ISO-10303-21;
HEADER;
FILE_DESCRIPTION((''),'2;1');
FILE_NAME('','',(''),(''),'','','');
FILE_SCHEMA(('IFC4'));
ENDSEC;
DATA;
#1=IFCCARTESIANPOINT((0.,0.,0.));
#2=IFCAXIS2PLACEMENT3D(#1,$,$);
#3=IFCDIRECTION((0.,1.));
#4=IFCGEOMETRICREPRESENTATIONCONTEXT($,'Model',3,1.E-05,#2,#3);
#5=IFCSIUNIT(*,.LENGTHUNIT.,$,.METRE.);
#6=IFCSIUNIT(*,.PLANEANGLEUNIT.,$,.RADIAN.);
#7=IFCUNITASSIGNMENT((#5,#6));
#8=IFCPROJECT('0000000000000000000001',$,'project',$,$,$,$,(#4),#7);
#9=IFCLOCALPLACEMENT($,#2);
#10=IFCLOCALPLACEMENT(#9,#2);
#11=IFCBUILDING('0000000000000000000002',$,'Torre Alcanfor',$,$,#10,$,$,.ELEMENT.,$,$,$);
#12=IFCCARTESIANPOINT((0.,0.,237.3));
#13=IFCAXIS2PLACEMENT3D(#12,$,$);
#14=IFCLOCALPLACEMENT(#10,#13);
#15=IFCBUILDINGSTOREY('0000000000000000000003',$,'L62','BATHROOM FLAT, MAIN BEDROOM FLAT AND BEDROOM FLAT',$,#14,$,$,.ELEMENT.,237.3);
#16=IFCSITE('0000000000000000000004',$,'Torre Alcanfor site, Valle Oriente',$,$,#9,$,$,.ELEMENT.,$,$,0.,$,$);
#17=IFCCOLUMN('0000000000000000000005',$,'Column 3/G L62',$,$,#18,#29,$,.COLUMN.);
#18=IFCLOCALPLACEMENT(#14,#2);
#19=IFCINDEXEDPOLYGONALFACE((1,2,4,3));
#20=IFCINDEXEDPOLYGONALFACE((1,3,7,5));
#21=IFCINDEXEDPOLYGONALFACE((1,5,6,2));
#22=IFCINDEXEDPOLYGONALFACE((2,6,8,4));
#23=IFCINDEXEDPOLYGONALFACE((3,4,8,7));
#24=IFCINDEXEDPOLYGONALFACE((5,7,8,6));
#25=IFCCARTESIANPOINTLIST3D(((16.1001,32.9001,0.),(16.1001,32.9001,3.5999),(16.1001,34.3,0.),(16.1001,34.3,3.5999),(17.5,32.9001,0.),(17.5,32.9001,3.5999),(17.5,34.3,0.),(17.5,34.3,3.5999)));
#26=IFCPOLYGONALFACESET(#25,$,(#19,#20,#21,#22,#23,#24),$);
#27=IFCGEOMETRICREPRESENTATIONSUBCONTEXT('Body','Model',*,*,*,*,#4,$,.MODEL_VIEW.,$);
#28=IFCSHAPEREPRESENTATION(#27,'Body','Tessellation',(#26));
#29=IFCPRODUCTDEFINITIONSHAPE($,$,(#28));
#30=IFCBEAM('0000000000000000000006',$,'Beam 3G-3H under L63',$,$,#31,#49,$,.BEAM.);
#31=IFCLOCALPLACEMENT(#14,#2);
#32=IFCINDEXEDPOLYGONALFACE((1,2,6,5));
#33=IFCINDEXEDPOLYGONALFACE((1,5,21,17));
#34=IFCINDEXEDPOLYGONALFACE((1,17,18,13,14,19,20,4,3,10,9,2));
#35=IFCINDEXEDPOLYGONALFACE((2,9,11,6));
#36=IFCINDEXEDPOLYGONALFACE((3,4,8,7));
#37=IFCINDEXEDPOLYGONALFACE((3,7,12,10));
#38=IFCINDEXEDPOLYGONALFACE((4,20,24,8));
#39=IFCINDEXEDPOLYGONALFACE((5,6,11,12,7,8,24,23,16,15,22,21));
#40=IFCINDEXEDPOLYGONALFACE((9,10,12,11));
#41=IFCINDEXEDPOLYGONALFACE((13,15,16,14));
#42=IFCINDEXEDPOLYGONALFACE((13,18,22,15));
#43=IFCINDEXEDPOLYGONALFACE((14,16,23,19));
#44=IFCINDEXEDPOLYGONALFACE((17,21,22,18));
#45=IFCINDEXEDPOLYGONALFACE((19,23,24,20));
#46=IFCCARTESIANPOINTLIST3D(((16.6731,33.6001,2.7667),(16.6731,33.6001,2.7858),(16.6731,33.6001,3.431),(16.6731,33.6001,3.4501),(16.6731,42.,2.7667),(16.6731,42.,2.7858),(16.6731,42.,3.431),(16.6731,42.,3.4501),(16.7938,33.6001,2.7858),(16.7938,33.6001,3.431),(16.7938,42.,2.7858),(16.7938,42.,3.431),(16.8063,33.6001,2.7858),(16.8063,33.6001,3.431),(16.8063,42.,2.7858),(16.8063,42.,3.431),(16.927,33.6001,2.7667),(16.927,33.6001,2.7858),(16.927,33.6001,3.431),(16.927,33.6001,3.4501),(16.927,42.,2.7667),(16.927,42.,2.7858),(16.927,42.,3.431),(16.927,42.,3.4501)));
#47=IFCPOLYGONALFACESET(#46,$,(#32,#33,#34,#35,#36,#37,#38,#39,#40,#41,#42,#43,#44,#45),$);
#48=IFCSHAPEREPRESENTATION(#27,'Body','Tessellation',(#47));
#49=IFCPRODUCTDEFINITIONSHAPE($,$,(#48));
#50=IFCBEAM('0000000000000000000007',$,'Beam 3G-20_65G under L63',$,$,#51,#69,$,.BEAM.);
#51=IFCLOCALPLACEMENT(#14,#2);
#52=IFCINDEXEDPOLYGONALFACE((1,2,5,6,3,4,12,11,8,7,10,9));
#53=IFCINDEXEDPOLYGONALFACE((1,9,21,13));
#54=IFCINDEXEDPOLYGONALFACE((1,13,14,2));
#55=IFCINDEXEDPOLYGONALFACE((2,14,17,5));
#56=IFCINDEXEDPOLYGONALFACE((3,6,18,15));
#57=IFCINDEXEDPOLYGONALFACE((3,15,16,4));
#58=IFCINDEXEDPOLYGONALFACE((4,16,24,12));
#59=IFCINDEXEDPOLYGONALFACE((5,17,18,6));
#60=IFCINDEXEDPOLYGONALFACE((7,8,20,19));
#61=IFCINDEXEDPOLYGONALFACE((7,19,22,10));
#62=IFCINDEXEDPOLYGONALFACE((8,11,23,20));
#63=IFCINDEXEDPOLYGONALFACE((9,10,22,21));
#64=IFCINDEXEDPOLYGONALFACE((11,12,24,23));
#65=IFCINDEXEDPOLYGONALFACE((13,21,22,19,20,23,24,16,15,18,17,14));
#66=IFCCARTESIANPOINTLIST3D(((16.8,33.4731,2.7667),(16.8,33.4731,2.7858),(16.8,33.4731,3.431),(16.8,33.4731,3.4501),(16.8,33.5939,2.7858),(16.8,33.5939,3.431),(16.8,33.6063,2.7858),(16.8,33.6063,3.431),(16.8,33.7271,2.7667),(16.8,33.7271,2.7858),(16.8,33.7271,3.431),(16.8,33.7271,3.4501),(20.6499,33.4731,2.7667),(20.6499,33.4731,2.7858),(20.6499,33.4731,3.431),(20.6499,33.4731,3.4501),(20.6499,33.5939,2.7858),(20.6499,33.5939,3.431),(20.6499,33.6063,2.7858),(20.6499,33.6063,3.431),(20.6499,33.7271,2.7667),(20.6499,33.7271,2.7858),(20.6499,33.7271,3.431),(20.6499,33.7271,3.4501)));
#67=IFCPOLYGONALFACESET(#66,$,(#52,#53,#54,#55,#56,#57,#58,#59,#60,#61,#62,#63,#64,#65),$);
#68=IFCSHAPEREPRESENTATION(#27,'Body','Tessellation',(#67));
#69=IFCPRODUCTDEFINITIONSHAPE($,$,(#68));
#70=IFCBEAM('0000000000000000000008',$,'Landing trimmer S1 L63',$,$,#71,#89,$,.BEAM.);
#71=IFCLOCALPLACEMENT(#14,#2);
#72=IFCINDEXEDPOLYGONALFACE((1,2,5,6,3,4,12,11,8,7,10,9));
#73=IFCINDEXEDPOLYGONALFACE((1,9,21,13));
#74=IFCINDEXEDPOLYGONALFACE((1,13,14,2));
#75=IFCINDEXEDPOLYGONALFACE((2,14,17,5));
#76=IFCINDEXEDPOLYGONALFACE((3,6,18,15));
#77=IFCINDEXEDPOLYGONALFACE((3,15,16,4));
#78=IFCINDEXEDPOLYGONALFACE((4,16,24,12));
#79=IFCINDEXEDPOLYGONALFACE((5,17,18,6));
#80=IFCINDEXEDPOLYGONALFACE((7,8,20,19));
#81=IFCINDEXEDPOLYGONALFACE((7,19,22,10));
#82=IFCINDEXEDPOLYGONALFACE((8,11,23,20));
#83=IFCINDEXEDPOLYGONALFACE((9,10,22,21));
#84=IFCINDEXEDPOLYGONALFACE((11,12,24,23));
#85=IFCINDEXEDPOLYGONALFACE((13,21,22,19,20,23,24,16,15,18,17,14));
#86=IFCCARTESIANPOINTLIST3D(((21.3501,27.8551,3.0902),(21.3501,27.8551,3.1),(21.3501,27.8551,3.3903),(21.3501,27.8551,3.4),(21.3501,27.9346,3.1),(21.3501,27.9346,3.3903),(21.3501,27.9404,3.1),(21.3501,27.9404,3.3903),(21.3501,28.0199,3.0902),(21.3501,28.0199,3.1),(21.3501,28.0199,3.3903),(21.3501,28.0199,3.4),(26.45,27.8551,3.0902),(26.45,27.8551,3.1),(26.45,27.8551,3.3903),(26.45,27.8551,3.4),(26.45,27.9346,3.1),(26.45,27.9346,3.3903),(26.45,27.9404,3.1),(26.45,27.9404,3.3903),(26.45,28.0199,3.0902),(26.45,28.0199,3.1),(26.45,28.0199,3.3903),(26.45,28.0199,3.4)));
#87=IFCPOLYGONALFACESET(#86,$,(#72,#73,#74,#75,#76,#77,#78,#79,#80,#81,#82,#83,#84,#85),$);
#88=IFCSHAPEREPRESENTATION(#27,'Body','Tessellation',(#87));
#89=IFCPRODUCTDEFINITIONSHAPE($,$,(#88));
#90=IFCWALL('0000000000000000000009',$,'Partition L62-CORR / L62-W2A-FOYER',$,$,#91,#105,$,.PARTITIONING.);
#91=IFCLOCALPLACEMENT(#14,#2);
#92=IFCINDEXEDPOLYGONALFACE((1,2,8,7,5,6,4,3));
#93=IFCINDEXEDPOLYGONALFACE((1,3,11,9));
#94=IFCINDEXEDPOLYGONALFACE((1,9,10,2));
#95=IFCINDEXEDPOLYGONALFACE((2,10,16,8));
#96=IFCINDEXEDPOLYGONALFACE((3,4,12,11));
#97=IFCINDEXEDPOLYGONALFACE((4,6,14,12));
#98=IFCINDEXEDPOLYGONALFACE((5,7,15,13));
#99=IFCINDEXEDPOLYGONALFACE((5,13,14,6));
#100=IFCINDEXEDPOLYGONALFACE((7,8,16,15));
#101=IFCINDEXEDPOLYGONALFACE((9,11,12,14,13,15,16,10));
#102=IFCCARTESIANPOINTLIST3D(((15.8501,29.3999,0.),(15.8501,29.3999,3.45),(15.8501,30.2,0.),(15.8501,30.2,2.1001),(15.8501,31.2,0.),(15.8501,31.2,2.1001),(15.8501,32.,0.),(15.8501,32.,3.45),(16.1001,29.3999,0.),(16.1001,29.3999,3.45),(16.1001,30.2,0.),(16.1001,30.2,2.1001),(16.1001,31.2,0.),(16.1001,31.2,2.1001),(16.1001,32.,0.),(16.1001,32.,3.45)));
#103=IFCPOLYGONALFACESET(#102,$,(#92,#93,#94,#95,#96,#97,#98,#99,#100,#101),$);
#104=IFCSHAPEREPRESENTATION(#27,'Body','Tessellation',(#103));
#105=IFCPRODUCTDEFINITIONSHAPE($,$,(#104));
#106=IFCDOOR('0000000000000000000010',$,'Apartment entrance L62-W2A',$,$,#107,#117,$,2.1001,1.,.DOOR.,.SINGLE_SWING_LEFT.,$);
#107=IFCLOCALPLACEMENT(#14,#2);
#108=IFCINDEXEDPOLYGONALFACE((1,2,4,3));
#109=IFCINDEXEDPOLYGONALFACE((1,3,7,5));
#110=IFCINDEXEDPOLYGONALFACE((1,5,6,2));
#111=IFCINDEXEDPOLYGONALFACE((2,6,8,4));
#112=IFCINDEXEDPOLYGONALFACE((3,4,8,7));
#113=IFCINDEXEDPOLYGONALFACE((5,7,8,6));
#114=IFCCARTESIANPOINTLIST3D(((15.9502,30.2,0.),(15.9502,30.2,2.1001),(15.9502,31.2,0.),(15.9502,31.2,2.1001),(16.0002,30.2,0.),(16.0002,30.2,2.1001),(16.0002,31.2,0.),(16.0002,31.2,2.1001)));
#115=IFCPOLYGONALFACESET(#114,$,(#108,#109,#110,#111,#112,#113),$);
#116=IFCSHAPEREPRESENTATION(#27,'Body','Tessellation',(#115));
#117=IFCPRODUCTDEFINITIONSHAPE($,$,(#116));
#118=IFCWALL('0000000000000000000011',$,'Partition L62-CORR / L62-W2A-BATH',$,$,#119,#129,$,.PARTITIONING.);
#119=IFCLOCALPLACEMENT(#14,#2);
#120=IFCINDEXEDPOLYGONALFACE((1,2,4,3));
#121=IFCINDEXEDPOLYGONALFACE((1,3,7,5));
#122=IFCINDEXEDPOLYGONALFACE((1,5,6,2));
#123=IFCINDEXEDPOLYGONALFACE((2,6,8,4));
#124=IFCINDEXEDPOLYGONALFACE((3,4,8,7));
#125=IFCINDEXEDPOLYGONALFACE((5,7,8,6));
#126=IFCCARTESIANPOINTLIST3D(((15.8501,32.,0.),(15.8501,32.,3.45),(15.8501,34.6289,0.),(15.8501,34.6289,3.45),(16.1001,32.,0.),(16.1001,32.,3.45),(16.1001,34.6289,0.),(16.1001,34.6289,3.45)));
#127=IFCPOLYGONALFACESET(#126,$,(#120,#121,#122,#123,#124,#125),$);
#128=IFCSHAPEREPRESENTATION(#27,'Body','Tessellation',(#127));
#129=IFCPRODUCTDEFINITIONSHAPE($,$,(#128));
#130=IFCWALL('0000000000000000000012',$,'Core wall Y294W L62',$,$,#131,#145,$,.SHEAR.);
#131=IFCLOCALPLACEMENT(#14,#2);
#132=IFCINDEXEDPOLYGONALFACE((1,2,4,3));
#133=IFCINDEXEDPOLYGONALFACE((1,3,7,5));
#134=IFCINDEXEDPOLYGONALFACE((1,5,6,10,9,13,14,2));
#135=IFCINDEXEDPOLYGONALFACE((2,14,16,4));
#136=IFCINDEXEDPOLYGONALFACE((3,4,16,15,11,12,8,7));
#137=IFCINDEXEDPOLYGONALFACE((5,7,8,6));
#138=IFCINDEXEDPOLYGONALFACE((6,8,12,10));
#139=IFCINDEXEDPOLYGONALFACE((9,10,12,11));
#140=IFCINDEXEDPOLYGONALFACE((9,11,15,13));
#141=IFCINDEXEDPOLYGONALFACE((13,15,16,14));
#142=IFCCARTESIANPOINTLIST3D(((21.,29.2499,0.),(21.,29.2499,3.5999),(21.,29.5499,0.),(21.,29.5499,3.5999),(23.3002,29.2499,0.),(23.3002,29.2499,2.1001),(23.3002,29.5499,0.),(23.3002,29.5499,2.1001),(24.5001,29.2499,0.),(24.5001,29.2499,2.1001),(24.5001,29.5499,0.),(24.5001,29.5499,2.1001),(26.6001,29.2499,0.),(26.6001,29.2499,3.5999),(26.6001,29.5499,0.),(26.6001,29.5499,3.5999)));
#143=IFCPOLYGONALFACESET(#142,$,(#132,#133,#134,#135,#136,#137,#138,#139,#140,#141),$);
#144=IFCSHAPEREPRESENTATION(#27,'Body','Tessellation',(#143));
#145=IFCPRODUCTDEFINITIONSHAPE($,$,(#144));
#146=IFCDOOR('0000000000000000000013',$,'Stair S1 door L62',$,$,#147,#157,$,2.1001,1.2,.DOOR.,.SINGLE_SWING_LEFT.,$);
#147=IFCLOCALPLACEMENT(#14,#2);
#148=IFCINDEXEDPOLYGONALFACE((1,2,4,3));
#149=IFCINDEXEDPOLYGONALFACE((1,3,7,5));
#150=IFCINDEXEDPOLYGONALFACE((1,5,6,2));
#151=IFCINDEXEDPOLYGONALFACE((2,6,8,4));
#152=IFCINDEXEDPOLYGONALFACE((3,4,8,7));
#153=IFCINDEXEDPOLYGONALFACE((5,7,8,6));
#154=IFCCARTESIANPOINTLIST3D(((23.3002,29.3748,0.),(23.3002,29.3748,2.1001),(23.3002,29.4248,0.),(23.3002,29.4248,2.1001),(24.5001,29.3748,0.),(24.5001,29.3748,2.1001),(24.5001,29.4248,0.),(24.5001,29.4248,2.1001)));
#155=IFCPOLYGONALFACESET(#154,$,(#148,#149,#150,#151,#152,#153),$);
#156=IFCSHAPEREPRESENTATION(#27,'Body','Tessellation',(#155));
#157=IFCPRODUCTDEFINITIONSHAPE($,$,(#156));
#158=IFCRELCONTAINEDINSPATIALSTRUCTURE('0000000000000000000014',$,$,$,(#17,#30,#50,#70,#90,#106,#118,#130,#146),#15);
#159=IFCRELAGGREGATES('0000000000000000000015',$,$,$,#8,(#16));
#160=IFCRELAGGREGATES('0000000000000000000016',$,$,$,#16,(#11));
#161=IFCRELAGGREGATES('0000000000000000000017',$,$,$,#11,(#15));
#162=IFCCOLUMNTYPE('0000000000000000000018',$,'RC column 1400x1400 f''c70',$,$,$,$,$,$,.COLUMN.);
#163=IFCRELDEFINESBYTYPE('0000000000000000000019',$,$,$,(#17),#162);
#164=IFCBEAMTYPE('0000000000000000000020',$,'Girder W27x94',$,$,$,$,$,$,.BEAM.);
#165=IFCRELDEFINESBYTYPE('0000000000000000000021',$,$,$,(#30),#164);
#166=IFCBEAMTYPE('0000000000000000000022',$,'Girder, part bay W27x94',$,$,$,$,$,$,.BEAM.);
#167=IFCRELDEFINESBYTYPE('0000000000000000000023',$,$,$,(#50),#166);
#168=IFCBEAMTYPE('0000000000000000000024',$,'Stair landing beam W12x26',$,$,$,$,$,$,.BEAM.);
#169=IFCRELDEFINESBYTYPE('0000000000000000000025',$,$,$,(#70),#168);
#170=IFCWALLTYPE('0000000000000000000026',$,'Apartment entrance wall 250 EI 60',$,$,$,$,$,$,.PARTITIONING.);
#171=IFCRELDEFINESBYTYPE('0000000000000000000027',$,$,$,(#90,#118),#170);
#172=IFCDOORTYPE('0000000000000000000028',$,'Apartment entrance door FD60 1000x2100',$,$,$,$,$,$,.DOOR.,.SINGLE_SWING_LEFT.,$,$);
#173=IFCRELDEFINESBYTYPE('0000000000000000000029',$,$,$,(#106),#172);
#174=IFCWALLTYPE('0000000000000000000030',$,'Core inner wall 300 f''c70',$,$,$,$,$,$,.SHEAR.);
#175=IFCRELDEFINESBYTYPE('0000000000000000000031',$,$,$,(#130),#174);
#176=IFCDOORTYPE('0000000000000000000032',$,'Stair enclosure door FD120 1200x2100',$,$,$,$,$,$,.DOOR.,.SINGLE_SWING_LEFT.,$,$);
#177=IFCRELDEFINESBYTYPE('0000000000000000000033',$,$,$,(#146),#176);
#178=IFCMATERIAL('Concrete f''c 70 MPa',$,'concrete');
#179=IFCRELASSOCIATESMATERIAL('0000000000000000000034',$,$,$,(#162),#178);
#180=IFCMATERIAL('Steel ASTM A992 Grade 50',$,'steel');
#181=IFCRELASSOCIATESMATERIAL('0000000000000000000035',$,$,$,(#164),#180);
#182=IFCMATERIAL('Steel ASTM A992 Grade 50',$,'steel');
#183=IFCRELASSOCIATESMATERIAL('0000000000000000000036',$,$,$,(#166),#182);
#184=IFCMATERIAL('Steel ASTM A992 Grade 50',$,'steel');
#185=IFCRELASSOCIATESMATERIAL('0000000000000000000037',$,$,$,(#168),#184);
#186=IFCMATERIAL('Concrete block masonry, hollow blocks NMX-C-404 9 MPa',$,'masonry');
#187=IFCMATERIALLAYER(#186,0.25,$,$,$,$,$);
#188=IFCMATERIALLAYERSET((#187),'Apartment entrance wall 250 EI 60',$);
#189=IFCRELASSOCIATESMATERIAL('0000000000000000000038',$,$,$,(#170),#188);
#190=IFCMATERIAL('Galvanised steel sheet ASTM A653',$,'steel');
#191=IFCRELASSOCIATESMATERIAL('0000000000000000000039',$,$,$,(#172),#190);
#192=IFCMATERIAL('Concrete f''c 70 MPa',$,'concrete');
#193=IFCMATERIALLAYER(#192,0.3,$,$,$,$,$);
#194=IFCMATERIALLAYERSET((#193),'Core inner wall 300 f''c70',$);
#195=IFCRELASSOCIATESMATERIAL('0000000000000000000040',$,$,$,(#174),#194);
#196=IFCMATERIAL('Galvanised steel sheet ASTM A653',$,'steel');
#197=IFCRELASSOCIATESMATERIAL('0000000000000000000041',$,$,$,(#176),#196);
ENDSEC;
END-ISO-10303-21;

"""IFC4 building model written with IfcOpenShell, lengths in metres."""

from ifc_helpers import new_model, si_unit, direction, frame, frame_2d, origin, origin_2d, place, context, subcontext, project, spatial, rectangle, i_section, extrude, material, layer, layer_set, material_profile, profile_set, type_object, element, fill, save


model = new_model("IFC4")

# Units and contexts
model_context = context("Model", 3, precision=1e-05, world=origin(), true_north=direction((0.0, 1.0)))
body_context = subcontext(model_context, "Body", "Model", "MODEL_VIEW")
ifc_project = project(units=[si_unit("LENGTHUNIT", "METRE"), si_unit("PLANEANGLEUNIT", "RADIAN")], contexts=[model_context])

# Site, building, storey
site_placement = place(None, origin())
site = spatial("IfcSite", under=ifc_project, at=site_placement, Name="Torre Alcanfor site, Valle Oriente", CompositionType="ELEMENT", RefElevation=0.0)
building_placement = place(site_placement, origin())
building = spatial("IfcBuilding", under=site, at=building_placement, Name="Torre Alcanfor", CompositionType="ELEMENT")
storey_placement = place(building_placement, frame((0.0, 0.0, 237.3)))
storey = spatial("IfcBuildingStorey", under=building, at=storey_placement, Name="L62", Description="BATHROOM FLAT, MAIN BEDROOM FLAT AND BEDROOM FLAT", CompositionType="ELEMENT", Elevation=237.3)

# Column
ifc_material_1 = material(Name="Concrete f'c 70 MPa", Category="concrete")
ifc_material_profile_1 = material_profile(ifc_material_1, rectangle(XDim=1.3999, YDim=1.3999, at=origin_2d()), Name="1400x1400")
ifc_profile_set_1 = profile_set([ifc_material_profile_1], Name="Concrete f'c 70 MPa")
column_type = type_object("IfcColumnType", Name="RC column 1400x1400 f'c70", PredefinedType="COLUMN", material=ifc_profile_set_1)
column_placement = place(storey_placement, frame((16.8, 33.6001, 0.0), z_axis=(0.0, 0.0, 1.0), x_axis=(1.0, 0.0, 0.0)))
element("IfcColumn", 1, at=column_placement, inside=storey, type_object=column_type, Name="Column 3/G L62", PredefinedType="COLUMN", context=body_context, shape_type="SweptSolid", body=[
    extrude(rectangle(XDim=1.3999, YDim=1.3999, at=origin_2d()), origin(), (0.0, 0.0, 1.0), 3.5999),
])

# Beams
ifc_material_2 = material(Name="Steel ASTM A992 Grade 50", Category="steel")
ifc_material_profile_2 = material_profile(ifc_material_2, i_section(OverallWidth=0.2539, OverallDepth=0.6833, WebThickness=0.0125, FlangeThickness=0.019, at=origin_2d()), Name="W27x94")
ifc_profile_set_2 = profile_set([ifc_material_profile_2], Name="Steel ASTM A992 Grade 50")
beam_type_1 = type_object("IfcBeamType", Name="Girder W27x94", PredefinedType="BEAM", material=ifc_profile_set_2)
beam_1_placement = place(storey_placement, frame((16.8, 33.6001, 3.1084), z_axis=(0.0, 1.0, 0.0), x_axis=(-1.0, 0.0, 0.0)))
element("IfcBeam", 2, at=beam_1_placement, inside=storey, type_object=beam_type_1, Name="Beam 3G-3H under L63", PredefinedType="BEAM", context=body_context, shape_type="SweptSolid", body=[
    extrude(i_section(OverallWidth=0.2539, OverallDepth=0.6833, WebThickness=0.0125, FlangeThickness=0.019, at=origin_2d()), origin(), (0.0, 0.0, 1.0), 8.3999),
])
ifc_material_3 = material(Name="Steel ASTM A992 Grade 50", Category="steel")
ifc_material_profile_3 = material_profile(ifc_material_3, i_section(OverallWidth=0.2539, OverallDepth=0.6833, WebThickness=0.0125, FlangeThickness=0.019, at=origin_2d()), Name="W27x94")
ifc_profile_set_3 = profile_set([ifc_material_profile_3], Name="Steel ASTM A992 Grade 50")
beam_type_2 = type_object("IfcBeamType", Name="Girder, part bay W27x94", PredefinedType="BEAM", material=ifc_profile_set_3)
beam_2_placement = place(storey_placement, frame((16.8, 33.6001, 3.1084), z_axis=(1.0, 0.0, 0.0), x_axis=(0.0, 1.0, 0.0)))
element("IfcBeam", 3, at=beam_2_placement, inside=storey, type_object=beam_type_2, Name="Beam 3G-20_65G under L63", PredefinedType="BEAM", context=body_context, shape_type="SweptSolid", body=[
    extrude(i_section(OverallWidth=0.2539, OverallDepth=0.6833, WebThickness=0.0125, FlangeThickness=0.019, at=origin_2d()), origin(), (0.0, 0.0, 1.0), 3.8499),
])
ifc_material_4 = material(Name="Steel ASTM A992 Grade 50", Category="steel")
ifc_material_profile_4 = material_profile(ifc_material_4, i_section(OverallWidth=0.1648, OverallDepth=0.3098, WebThickness=0.0059, FlangeThickness=0.0098, at=origin_2d()), Name="W12x26")
ifc_profile_set_4 = profile_set([ifc_material_profile_4], Name="Steel ASTM A992 Grade 50")
beam_type_3 = type_object("IfcBeamType", Name="Stair landing beam W12x26", PredefinedType="BEAM", material=ifc_profile_set_4)
beam_3_placement = place(storey_placement, frame((21.3501, 27.9375, 3.2451), z_axis=(1.0, 0.0, 0.0), x_axis=(0.0, 1.0, 0.0)))
element("IfcBeam", 4, at=beam_3_placement, inside=storey, type_object=beam_type_3, Name="Landing trimmer S1 L63", PredefinedType="BEAM", context=body_context, shape_type="SweptSolid", body=[
    extrude(i_section(OverallWidth=0.1648, OverallDepth=0.3098, WebThickness=0.0059, FlangeThickness=0.0098, at=origin_2d()), origin(), (0.0, 0.0, 1.0), 5.0999),
])

# Wall, opening, door
ifc_material_5 = material(Name="Concrete block masonry, hollow blocks NMX-C-404 9 MPa", Category="masonry")
ifc_layer_1 = layer(ifc_material_5, 0.25)
ifc_layer_set_1 = layer_set([ifc_layer_1], Name="Apartment entrance wall 250 EI 60")
wall_type_1 = type_object("IfcWallType", Name="Apartment entrance wall 250 EI 60", PredefinedType="PARTITIONING", material=ifc_layer_set_1)
wall_1_placement = place(storey_placement, frame((15.9751, 29.3999, 0.0), z_axis=(0.0, 0.0, 1.0), x_axis=(0.0, 1.0, 0.0)))
wall_1 = element("IfcWall", 5, at=wall_1_placement, inside=storey, type_object=wall_type_1, Name="Partition L62-CORR / L62-W2A-FOYER", PredefinedType="PARTITIONING", context=body_context, shape_type="SweptSolid", body=[
    extrude(rectangle(XDim=2.6001, YDim=0.25, at=frame_2d((1.3, 0.0))), origin(), (0.0, 0.0, 1.0), 3.45),
])
opening_1_placement = place(wall_1_placement, frame((0.8, 0.0, 0.0)))
opening_1 = element("IfcOpeningElement", 6, at=opening_1_placement, cuts=wall_1, PredefinedType="OPENING", context=body_context, shape_type="SweptSolid", body=[
    extrude(rectangle(XDim=1.0, YDim=2.1001, at=frame_2d((0.5, 1.05))), frame((0.0, 0.135, 0.0), z_axis=(0.0, -1.0, 0.0), x_axis=(1.0, 0.0, 0.0)), (0.0, 0.0, 1.0), 0.27),
])
ifc_material_6 = material(Name="Galvanised steel sheet ASTM A653", Category="steel")
door_type_1 = type_object("IfcDoorType", Name="Apartment entrance door FD60 1000x2100", OperationType="SINGLE_SWING_LEFT", PredefinedType="DOOR", material=ifc_material_6)
door_1_placement = place(opening_1_placement, origin())
door_1 = element("IfcDoor", 7, at=door_1_placement, inside=storey, type_object=door_type_1, Name="Apartment entrance L62-W2A", OperationType="SINGLE_SWING_LEFT", OverallHeight=2.1001, OverallWidth=1.0, PredefinedType="DOOR", context=body_context, shape_type="SweptSolid", body=[
    extrude(rectangle(XDim=1.0, YDim=2.1001, at=frame_2d((0.5, 1.05))), frame((0.0, 0.0249, 0.0), z_axis=(0.0, -1.0, 0.0), x_axis=(1.0, 0.0, 0.0)), (0.0, 0.0, 1.0), 0.05),
])
fill(opening_1, door_1)

# Wall
wall_2_placement = place(storey_placement, frame((15.9751, 32.0, 0.0), z_axis=(0.0, 0.0, 1.0), x_axis=(0.0, 1.0, 0.0)))
element("IfcWall", 8, at=wall_2_placement, inside=storey, type_object=wall_type_1, Name="Partition L62-CORR / L62-W2A-BATH", PredefinedType="PARTITIONING", context=body_context, shape_type="SweptSolid", body=[
    extrude(rectangle(XDim=2.6289, YDim=0.25, at=frame_2d((1.3145, 0.0))), origin(), (0.0, 0.0, 1.0), 3.45),
])

# Wall, opening, door
ifc_material_7 = material(Name="Concrete f'c 70 MPa", Category="concrete")
ifc_layer_2 = layer(ifc_material_7, 0.3)
ifc_layer_set_2 = layer_set([ifc_layer_2], Name="Core inner wall 300 f'c70")
wall_type_2 = type_object("IfcWallType", Name="Core inner wall 300 f'c70", PredefinedType="SHEAR", material=ifc_layer_set_2)
wall_3_placement = place(storey_placement, frame((21.0, 29.3999, 0.0), z_axis=(0.0, 0.0, 1.0), x_axis=(1.0, 0.0, 0.0)))
wall_3 = element("IfcWall", 9, at=wall_3_placement, inside=storey, type_object=wall_type_2, Name="Core wall Y294W L62", PredefinedType="SHEAR", context=body_context, shape_type="SweptSolid", body=[
    extrude(rectangle(XDim=5.6001, YDim=0.3, at=frame_2d((2.8, 0.0))), origin(), (0.0, 0.0, 1.0), 3.5999),
])
opening_2_placement = place(wall_3_placement, frame((2.3, 0.0, 0.0)))
opening_2 = element("IfcOpeningElement", 10, at=opening_2_placement, cuts=wall_3, PredefinedType="OPENING", context=body_context, shape_type="SweptSolid", body=[
    extrude(rectangle(XDim=1.2, YDim=2.1001, at=frame_2d((0.6001, 1.05))), frame((0.0, 0.1599, 0.0), z_axis=(0.0, -1.0, 0.0), x_axis=(1.0, 0.0, 0.0)), (0.0, 0.0, 1.0), 0.3201),
])
ifc_material_8 = material(Name="Galvanised steel sheet ASTM A653", Category="steel")
door_type_2 = type_object("IfcDoorType", Name="Stair enclosure door FD120 1200x2100", OperationType="SINGLE_SWING_LEFT", PredefinedType="DOOR", material=ifc_material_8)
door_2_placement = place(opening_2_placement, frame((1.2, 0.0, 0.0), z_axis=(0.0, 0.0, 1.0), x_axis=(-1.0, 0.0, 0.0)))
door_2 = element("IfcDoor", 11, at=door_2_placement, inside=storey, type_object=door_type_2, Name="Stair S1 door L62", OperationType="SINGLE_SWING_LEFT", OverallHeight=2.1001, OverallWidth=1.2, PredefinedType="DOOR", context=body_context, shape_type="SweptSolid", body=[
    extrude(rectangle(XDim=1.2, YDim=2.1001, at=frame_2d((0.5999, 1.05))), frame((0.0, 0.0251, 0.0), z_axis=(0.0, -1.0, 0.0), x_axis=(1.0, 0.0, 0.0)), (0.0, 0.0, 1.0), 0.05),
])
fill(opening_2, door_2)

save(model, "model.ifc")
